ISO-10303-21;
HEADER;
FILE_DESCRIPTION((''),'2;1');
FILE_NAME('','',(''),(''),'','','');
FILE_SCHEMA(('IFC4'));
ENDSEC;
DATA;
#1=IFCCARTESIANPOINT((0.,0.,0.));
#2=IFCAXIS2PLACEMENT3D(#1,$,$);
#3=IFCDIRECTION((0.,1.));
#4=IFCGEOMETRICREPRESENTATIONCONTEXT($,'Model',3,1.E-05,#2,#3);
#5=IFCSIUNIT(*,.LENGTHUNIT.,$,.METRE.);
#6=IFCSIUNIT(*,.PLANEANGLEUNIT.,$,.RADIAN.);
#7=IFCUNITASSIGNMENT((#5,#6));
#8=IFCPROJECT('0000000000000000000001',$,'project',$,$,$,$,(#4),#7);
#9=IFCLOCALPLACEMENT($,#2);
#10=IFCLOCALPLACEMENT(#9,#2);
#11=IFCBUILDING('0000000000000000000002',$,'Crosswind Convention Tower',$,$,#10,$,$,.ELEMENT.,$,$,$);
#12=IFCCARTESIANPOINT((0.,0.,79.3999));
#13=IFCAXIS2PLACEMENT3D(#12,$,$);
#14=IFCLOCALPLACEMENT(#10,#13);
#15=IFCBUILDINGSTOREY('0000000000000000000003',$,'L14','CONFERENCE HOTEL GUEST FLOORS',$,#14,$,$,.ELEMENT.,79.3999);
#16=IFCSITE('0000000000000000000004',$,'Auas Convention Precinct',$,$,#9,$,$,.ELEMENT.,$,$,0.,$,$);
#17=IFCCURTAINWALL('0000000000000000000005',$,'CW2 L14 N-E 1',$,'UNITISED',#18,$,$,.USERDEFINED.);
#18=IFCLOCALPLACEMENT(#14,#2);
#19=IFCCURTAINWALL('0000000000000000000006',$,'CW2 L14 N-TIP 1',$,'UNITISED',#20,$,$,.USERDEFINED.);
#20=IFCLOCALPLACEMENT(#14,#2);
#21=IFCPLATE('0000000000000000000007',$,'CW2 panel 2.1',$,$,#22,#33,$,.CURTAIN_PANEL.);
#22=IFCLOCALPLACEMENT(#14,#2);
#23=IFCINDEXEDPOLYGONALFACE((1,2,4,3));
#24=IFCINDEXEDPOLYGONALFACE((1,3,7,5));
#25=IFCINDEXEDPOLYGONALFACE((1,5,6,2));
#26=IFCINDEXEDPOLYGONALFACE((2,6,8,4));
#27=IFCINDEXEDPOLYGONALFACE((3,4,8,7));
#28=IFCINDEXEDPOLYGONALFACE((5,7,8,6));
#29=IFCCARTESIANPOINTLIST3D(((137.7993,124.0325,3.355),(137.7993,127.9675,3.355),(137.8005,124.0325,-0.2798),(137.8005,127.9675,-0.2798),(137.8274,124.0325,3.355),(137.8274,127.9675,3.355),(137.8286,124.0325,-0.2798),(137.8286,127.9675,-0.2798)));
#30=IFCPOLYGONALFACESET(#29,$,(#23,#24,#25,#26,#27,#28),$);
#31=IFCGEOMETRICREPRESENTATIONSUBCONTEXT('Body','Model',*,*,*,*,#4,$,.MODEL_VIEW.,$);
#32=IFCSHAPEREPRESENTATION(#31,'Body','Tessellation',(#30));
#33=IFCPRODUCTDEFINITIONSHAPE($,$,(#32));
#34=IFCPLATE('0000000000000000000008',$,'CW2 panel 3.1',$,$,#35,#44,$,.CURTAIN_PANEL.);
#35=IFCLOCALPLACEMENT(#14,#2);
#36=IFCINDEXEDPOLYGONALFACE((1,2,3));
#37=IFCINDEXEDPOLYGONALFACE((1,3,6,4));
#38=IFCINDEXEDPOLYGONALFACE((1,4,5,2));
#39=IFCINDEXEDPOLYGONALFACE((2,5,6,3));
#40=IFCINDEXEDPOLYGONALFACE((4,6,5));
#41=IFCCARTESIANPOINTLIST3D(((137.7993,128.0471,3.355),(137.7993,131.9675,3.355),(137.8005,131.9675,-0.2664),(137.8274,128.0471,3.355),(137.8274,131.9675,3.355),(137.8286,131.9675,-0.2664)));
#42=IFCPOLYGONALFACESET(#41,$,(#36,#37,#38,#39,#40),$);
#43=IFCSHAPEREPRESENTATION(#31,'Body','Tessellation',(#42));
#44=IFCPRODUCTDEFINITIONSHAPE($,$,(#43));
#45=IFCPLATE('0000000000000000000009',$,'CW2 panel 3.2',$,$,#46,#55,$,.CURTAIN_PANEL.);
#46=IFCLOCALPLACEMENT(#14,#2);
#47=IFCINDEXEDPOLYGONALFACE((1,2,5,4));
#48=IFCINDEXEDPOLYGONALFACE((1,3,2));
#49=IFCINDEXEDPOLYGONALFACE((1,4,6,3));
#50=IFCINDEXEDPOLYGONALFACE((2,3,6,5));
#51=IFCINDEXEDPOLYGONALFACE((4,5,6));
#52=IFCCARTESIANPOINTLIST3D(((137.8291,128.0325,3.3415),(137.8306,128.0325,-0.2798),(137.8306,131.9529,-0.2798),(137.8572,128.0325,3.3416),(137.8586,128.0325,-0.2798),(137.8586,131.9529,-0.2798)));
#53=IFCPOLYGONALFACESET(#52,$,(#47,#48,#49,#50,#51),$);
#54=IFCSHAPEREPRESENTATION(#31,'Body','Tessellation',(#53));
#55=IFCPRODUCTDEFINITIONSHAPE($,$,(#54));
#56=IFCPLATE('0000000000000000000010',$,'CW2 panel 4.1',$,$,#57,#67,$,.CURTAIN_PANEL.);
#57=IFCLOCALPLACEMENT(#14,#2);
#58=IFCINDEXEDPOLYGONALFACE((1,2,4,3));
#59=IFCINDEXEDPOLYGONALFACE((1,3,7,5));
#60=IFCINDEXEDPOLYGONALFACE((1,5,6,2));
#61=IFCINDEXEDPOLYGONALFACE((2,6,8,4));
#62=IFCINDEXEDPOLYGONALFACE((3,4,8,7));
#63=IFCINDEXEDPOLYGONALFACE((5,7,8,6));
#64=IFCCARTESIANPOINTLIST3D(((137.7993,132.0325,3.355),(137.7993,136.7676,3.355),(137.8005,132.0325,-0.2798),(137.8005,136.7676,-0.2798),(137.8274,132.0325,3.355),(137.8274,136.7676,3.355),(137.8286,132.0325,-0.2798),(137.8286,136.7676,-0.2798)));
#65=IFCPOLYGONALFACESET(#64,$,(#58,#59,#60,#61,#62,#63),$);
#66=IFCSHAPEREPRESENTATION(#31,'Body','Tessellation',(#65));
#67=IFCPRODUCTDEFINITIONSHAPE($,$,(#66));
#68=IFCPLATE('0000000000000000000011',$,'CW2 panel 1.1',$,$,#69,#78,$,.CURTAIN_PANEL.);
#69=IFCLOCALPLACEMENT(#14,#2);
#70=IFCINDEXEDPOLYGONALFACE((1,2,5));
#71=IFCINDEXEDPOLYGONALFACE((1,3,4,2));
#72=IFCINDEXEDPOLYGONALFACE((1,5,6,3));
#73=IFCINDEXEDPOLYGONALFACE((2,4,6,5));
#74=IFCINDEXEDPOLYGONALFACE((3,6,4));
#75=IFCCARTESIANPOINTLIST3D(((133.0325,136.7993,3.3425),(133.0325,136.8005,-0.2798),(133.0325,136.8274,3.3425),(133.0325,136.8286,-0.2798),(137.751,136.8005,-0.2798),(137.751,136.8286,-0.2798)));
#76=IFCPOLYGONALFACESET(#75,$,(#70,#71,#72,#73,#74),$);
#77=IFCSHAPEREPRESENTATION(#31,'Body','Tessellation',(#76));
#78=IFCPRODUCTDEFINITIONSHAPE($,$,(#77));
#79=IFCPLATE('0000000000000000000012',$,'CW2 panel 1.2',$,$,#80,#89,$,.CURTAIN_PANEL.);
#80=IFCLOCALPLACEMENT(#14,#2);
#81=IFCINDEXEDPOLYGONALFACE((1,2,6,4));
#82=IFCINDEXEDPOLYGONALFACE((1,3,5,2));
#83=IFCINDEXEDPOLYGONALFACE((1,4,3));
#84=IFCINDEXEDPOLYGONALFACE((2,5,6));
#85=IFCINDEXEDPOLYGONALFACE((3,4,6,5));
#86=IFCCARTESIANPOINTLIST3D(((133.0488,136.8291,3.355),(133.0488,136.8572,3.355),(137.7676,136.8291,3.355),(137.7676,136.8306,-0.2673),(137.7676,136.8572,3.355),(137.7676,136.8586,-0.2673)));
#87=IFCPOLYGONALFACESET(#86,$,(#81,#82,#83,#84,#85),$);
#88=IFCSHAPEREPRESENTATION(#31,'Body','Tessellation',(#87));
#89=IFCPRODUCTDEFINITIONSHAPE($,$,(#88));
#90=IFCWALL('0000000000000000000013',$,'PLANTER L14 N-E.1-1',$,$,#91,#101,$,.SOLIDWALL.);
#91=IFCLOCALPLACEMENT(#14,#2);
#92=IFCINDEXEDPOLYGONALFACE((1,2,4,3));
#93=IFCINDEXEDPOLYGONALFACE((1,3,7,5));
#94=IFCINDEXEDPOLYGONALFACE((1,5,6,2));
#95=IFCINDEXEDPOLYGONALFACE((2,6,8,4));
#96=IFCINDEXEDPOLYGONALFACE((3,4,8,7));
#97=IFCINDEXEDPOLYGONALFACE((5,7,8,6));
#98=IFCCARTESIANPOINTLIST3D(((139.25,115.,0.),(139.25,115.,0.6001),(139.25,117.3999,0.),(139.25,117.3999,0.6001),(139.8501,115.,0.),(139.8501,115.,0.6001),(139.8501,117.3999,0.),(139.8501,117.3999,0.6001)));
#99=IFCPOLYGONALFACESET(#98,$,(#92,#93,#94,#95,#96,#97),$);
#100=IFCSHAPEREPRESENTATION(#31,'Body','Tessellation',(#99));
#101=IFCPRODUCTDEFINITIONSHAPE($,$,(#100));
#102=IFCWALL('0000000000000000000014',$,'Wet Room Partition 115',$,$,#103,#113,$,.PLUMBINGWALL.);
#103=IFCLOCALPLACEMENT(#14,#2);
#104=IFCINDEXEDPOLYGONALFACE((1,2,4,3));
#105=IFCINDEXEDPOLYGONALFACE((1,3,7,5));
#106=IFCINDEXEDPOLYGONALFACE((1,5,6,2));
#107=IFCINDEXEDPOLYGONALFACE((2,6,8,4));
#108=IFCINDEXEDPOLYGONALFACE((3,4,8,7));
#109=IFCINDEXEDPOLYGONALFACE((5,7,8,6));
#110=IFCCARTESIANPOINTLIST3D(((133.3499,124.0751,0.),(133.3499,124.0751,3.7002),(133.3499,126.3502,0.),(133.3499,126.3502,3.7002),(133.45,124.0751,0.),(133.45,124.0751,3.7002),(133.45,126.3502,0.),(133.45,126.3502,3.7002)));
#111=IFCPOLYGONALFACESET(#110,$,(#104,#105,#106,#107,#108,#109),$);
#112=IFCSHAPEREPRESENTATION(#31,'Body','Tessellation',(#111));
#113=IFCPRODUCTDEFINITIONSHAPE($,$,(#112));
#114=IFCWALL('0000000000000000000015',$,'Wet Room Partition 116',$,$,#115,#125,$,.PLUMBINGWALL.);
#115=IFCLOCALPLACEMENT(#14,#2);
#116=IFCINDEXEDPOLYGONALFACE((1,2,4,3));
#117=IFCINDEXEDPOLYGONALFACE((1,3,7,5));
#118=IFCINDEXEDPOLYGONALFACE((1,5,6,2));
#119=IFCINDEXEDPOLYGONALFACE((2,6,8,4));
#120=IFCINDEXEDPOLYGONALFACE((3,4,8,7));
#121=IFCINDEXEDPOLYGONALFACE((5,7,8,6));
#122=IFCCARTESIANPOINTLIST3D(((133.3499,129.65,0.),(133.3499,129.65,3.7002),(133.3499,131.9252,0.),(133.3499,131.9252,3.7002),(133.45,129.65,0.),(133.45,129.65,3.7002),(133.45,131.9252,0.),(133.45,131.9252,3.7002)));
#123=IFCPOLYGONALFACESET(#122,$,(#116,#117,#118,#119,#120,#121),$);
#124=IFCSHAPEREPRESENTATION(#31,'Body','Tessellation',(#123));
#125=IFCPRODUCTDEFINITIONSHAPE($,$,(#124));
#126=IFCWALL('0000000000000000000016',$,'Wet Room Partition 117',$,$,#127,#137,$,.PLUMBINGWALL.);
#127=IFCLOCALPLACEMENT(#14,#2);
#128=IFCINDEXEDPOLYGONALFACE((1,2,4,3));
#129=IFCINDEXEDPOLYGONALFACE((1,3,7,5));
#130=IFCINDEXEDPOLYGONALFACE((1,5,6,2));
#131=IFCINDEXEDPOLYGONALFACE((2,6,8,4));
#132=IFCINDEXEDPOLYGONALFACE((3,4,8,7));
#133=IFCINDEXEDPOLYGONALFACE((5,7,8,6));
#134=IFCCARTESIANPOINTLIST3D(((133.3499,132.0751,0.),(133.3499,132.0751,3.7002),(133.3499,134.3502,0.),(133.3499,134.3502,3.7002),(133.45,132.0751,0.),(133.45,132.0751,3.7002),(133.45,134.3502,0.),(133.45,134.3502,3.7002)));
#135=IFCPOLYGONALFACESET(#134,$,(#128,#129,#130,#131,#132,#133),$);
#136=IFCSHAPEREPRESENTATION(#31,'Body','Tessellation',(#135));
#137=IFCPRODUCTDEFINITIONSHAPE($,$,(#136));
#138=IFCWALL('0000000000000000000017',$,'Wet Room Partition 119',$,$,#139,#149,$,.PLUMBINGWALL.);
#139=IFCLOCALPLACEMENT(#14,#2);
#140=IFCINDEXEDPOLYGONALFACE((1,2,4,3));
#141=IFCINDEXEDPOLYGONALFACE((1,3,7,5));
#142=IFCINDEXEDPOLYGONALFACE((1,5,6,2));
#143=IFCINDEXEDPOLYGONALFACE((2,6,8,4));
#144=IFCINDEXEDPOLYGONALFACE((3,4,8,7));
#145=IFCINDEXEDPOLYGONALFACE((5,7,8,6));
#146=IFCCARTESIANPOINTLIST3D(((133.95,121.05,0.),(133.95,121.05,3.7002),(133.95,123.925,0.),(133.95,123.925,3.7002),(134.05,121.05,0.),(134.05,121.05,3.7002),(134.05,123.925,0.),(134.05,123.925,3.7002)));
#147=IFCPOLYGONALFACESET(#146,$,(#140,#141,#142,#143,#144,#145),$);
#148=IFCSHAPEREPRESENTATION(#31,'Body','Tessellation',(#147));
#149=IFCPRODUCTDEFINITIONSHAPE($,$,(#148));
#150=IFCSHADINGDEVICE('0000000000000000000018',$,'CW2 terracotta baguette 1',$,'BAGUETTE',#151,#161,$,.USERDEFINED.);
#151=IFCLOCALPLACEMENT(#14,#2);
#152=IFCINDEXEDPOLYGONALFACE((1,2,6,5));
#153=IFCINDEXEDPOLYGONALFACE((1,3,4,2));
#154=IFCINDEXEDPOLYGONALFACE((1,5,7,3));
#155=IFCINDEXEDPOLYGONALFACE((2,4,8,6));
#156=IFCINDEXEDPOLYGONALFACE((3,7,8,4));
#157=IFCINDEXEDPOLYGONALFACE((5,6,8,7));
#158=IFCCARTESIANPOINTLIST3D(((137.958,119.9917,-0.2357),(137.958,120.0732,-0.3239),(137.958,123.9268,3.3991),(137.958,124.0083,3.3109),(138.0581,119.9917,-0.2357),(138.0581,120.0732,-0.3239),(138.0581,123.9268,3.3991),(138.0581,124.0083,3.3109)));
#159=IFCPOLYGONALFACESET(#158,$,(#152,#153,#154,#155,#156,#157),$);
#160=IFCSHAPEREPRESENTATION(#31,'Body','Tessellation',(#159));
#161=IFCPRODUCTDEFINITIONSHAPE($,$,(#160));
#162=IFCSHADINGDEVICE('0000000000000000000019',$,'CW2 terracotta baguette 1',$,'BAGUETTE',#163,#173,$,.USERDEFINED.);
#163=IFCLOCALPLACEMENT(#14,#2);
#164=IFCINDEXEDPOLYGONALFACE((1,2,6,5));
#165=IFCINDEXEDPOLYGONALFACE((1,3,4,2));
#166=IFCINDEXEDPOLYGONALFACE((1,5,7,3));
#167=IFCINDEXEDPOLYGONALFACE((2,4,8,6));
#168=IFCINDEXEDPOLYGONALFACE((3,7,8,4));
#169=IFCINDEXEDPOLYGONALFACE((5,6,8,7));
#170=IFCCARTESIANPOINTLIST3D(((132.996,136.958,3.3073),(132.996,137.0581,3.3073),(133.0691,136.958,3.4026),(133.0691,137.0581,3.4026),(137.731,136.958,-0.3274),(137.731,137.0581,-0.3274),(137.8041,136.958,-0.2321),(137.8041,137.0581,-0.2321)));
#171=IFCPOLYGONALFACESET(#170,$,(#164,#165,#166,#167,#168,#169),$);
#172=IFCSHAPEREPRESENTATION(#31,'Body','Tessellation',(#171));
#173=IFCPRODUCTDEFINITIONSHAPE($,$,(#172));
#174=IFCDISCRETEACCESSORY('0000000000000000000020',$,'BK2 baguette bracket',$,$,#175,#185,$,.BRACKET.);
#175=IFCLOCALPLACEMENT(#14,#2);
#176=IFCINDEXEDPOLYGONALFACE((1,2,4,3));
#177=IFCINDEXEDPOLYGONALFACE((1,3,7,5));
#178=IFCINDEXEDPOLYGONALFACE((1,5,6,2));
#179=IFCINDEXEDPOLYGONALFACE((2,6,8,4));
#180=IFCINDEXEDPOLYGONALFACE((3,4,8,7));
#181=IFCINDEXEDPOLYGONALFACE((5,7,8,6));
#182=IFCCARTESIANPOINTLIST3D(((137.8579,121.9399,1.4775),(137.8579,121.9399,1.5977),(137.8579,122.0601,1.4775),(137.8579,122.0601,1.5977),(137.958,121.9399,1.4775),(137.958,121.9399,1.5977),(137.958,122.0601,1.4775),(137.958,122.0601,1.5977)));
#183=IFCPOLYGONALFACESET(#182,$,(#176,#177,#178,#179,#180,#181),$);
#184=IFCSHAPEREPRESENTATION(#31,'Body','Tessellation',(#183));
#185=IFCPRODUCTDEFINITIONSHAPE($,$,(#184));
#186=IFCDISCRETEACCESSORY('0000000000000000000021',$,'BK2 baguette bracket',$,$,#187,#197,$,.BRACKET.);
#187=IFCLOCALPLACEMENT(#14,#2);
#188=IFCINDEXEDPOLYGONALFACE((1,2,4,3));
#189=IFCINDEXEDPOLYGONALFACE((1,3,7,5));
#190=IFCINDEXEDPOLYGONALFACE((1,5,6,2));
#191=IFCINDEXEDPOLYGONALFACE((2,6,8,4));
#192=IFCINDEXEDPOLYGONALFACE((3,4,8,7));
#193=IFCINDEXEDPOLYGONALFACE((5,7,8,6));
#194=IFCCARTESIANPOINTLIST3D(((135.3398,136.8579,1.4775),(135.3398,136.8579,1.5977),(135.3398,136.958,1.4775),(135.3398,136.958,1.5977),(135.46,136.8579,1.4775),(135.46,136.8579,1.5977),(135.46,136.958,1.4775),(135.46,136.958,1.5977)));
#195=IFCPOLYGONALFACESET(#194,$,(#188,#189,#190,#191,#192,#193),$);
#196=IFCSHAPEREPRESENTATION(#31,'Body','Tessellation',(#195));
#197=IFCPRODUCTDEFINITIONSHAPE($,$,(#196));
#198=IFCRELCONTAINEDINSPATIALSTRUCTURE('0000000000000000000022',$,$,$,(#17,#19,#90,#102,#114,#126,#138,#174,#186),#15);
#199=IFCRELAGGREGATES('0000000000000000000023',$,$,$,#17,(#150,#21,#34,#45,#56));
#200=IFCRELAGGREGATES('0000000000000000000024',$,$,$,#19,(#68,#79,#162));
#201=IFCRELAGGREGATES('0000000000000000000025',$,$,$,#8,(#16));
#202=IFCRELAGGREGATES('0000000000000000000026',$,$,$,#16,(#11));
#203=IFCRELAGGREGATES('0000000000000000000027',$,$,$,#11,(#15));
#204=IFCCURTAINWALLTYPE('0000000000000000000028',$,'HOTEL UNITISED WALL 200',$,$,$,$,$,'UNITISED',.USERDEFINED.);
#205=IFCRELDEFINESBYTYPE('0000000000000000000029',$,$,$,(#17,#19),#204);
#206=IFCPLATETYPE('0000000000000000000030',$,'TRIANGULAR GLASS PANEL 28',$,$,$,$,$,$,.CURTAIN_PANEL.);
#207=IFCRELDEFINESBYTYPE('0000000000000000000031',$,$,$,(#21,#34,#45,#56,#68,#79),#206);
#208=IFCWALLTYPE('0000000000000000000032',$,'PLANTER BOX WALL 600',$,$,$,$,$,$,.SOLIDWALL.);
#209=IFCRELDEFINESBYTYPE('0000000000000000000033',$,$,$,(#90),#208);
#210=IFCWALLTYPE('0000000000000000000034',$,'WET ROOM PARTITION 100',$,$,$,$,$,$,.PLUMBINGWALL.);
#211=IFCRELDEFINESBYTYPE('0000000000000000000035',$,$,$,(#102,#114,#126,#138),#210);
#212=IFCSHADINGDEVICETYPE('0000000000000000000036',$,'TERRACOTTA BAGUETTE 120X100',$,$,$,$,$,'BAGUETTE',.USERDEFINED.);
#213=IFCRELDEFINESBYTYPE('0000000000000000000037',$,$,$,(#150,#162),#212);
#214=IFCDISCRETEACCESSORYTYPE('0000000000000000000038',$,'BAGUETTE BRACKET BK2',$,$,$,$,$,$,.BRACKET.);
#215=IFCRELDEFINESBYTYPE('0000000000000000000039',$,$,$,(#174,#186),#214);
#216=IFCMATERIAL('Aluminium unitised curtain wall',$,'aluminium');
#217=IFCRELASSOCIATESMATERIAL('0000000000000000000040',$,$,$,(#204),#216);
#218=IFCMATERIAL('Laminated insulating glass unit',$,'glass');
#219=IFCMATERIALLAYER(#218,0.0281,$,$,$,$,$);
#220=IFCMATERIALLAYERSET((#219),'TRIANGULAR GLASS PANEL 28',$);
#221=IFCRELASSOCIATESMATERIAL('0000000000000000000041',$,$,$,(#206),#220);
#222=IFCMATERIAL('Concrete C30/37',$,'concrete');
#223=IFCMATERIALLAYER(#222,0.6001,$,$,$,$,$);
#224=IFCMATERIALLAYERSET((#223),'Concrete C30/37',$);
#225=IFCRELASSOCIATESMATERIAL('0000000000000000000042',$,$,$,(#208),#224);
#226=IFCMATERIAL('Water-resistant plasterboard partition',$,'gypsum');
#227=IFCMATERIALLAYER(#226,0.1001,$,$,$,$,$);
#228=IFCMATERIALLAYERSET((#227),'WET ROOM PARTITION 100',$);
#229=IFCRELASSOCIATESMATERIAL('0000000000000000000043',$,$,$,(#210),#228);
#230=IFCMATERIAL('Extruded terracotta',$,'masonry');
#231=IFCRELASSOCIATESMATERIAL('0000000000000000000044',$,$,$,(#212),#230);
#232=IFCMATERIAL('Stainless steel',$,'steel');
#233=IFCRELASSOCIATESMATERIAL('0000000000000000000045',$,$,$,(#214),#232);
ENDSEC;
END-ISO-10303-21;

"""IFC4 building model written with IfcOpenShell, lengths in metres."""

from ifc_helpers import new_model, si_unit, direction, frame, frame_2d, origin, origin_2d, place, context, subcontext, project, spatial, polyline, rectangle, outline, extrude, material, layer, layer_set, material_profile, profile_set, type_object, element, aggregate, save


model = new_model("IFC4")

# Units and contexts
model_context = context("Model", 3, precision=1e-05, world=origin(), true_north=direction((0.0, 1.0)))
body_context = subcontext(model_context, "Body", "Model", "MODEL_VIEW")
ifc_project = project(units=[si_unit("LENGTHUNIT", "METRE"), si_unit("PLANEANGLEUNIT", "RADIAN")], contexts=[model_context])

# Site, building, storey
site_placement = place(None, origin())
site = spatial("IfcSite", under=ifc_project, at=site_placement, Name="Auas Convention Precinct", CompositionType="ELEMENT", RefElevation=0.0)
building_placement = place(site_placement, origin())
building = spatial("IfcBuilding", under=site, at=building_placement, Name="Crosswind Convention Tower", CompositionType="ELEMENT")
storey_placement = place(building_placement, frame((0.0, 0.0, 79.3999)))
storey = spatial("IfcBuildingStorey", under=building, at=storey_placement, Name="L14", Description="CONFERENCE HOTEL GUEST FLOORS", CompositionType="ELEMENT", Elevation=79.3999)

# Shared definitions
ifc_material_1 = material(Name="Aluminium unitised curtain wall", Category="aluminium")
curtain_wall_type = type_object("IfcCurtainWallType", Name="HOTEL UNITISED WALL 200", ElementType="UNITISED", PredefinedType="USERDEFINED", material=ifc_material_1)

# Curtain wall
curtain_wall_1_placement = place(storey_placement, origin())
curtain_wall_1 = element("IfcCurtainWall", 1, at=curtain_wall_1_placement, inside=storey, type_object=curtain_wall_type, Name="CW2 L14 N-E 1", ObjectType="UNITISED", PredefinedType="USERDEFINED")

# Curtain wall
curtain_wall_2_placement = place(storey_placement, origin())
curtain_wall_2 = element("IfcCurtainWall", 2, at=curtain_wall_2_placement, inside=storey, type_object=curtain_wall_type, Name="CW2 L14 N-TIP 1", ObjectType="UNITISED", PredefinedType="USERDEFINED")

# Plates
ifc_material_2 = material(Name="Laminated insulating glass unit", Category="glass")
ifc_layer_1 = layer(ifc_material_2, 0.0281)
ifc_layer_set_1 = layer_set([ifc_layer_1], Name="TRIANGULAR GLASS PANEL 28")
plate_type = type_object("IfcPlateType", Name="TRIANGULAR GLASS PANEL 28", PredefinedType="CURTAIN_PANEL", material=ifc_layer_set_1)
plate_1_placement = place(storey_placement, frame((137.8286, 124.0325, -0.2798), z_axis=(1.0, 0.0, 0.000336), x_axis=(0.0, 1.0, 0.0)))
plate_1 = element("IfcPlate", 3, at=plate_1_placement, type_object=plate_type, Name="CW2 panel 2.1", PredefinedType="CURTAIN_PANEL", context=body_context, shape_type="SweptSolid", body=[
    extrude(outline(polyline([(0.0, 0.0), (3.9351, 0.0), (3.9351, 3.6348), (0.0, 3.6348), (0.0, 0.0)])), origin(), (0.0, 0.0, -1.0), 0.0281),
])
plate_2_placement = place(storey_placement, frame((137.8274, 131.9675, 3.355), z_axis=(1.0, 0.0, 0.000337), x_axis=(0.0, -1.0, 0.0)))
plate_2 = element("IfcPlate", 4, at=plate_2_placement, type_object=plate_type, Name="CW2 panel 3.1", PredefinedType="CURTAIN_PANEL", context=body_context, shape_type="SweptSolid", body=[
    extrude(outline(polyline([(0.0, 0.0), (3.9204, 0.0), (0.0, 3.6213), (0.0, 0.0)])), origin(), (0.0, 0.0, -1.0), 0.0281),
])
plate_3_placement = place(storey_placement, frame((137.8586, 128.0325, -0.2798), z_axis=(1.0, 0.0, 0.000405), x_axis=(0.0, 1.0, 0.0)))
plate_3 = element("IfcPlate", 5, at=plate_3_placement, type_object=plate_type, Name="CW2 panel 3.2", PredefinedType="CURTAIN_PANEL", context=body_context, shape_type="SweptSolid", body=[
    extrude(outline(polyline([(0.0, 0.0), (3.9204, 0.0), (0.0, 3.6213), (0.0, 0.0)])), origin(), (0.0, 0.0, -1.0), 0.0281),
])
plate_4_placement = place(storey_placement, frame((137.8286, 132.0325, -0.2798), z_axis=(1.0, 0.0, 0.000336), x_axis=(0.0, 1.0, 0.0)))
plate_4 = element("IfcPlate", 6, at=plate_4_placement, type_object=plate_type, Name="CW2 panel 4.1", PredefinedType="CURTAIN_PANEL", context=body_context, shape_type="SweptSolid", body=[
    extrude(outline(polyline([(0.0, 0.0), (4.7351, 0.0), (4.7351, 3.6348), (0.0, 3.6348), (0.0, 0.0)])), origin(), (0.0, 0.0, -1.0), 0.0281),
])
plate_5_placement = place(storey_placement, frame((133.0325, 136.8286, -0.2798), z_axis=(0.0, 1.0, 0.000337), x_axis=(0.0, -0.000337, 1.0)))
plate_5 = element("IfcPlate", 7, at=plate_5_placement, type_object=plate_type, Name="CW2 panel 1.1", PredefinedType="CURTAIN_PANEL", context=body_context, shape_type="SweptSolid", body=[
    extrude(outline(polyline([(0.0, 0.0), (3.6223, 0.0), (0.0, 4.7185), (0.0, 0.0)])), origin(), (0.0, 0.0, -1.0), 0.0281),
])
plate_6_placement = place(storey_placement, frame((137.7676, 136.8572, 3.355), z_axis=(0.0, 1.0, 0.000404), x_axis=(0.0, 0.000404, -1.0)))
plate_6 = element("IfcPlate", 8, at=plate_6_placement, type_object=plate_type, Name="CW2 panel 1.2", PredefinedType="CURTAIN_PANEL", context=body_context, shape_type="SweptSolid", body=[
    extrude(outline(polyline([(0.0, 0.0), (3.6223, 0.0), (0.0, 4.7188), (0.0, 0.0)])), origin(), (0.0, 0.0, -1.0), 0.0281),
])

# Walls
ifc_material_3 = material(Name="Concrete C30/37", Category="concrete")
ifc_layer_2 = layer(ifc_material_3, 0.6001)
ifc_layer_set_2 = layer_set([ifc_layer_2], Name="Concrete C30/37")
wall_type_1 = type_object("IfcWallType", Name="PLANTER BOX WALL 600", PredefinedType="SOLIDWALL", material=ifc_layer_set_2)
wall_1_placement = place(storey_placement, frame((139.55, 115.0, 0.0), z_axis=(0.0, 0.0, 1.0), x_axis=(0.0, 1.0, 0.0)))
element("IfcWall", 9, at=wall_1_placement, inside=storey, type_object=wall_type_1, Name="PLANTER L14 N-E.1-1", PredefinedType="SOLIDWALL", context=body_context, shape_type="SweptSolid", body=[
    extrude(rectangle(XDim=2.3999, YDim=0.6001, at=frame_2d((1.2, 0.0))), origin(), (0.0, 0.0, 1.0), 0.6001),
])
ifc_material_4 = material(Name="Water-resistant plasterboard partition", Category="gypsum")
ifc_layer_3 = layer(ifc_material_4, 0.1001)
ifc_layer_set_3 = layer_set([ifc_layer_3], Name="WET ROOM PARTITION 100")
wall_type_2 = type_object("IfcWallType", Name="WET ROOM PARTITION 100", PredefinedType="PLUMBINGWALL", material=ifc_layer_set_3)
for number, where, z_axis, x_axis, name in (
    (10, (133.3999, 124.075, 0.0), (0.0, 0.0, 1.0), (0.0, 1.0, 0.0), "Wet Room Partition 115"),
    (11, (133.3999, 129.6499, 0.0), (0.0, 0.0, 1.0), (0.0, 1.0, 0.0), "Wet Room Partition 116"),
    (12, (133.3999, 132.075, 0.0), (0.0, 0.0, 1.0), (0.0, 1.0, 0.0), "Wet Room Partition 117"),
):
    element("IfcWall", number, at=place(storey_placement, frame(where, z_axis=z_axis, x_axis=x_axis)), inside=storey, type_object=wall_type_2, Name=name, PredefinedType="PLUMBINGWALL", context=body_context, shape_type="SweptSolid", body=[
        extrude(rectangle(XDim=2.2751, YDim=0.1001, at=frame_2d((1.1377, 0.0))), origin(), (0.0, 0.0, 1.0), 3.7002),
    ])
wall_2_placement = place(storey_placement, frame((134.0, 121.05, 0.0), z_axis=(0.0, 0.0, 1.0), x_axis=(0.0, 1.0, 0.0)))
element("IfcWall", 13, at=wall_2_placement, inside=storey, type_object=wall_type_2, Name="Wet Room Partition 119", PredefinedType="PLUMBINGWALL", context=body_context, shape_type="SweptSolid", body=[
    extrude(rectangle(XDim=2.875, YDim=0.1001, at=frame_2d((1.4375, 0.0))), origin(), (0.0, 0.0, 1.0), 3.7002),
])

# Shading devices
ifc_material_5 = material(Name="Extruded terracotta", Category="masonry")
ifc_material_profile_1 = material_profile(ifc_material_5, rectangle(XDim=0.1001, YDim=0.1201, at=origin_2d()), Name="TC 100X120")
ifc_profile_set_1 = profile_set([ifc_material_profile_1], Name="Extruded terracotta")
shading_device_type = type_object("IfcShadingDeviceType", Name="TERRACOTTA BAGUETTE 120X100", ElementType="BAGUETTE", PredefinedType="USERDEFINED", material=ifc_profile_set_1)
shading_device_1_placement = place(storey_placement, frame((138.0081, 120.0325, -0.2798), z_axis=(0.0, 0.73458, 0.678522), x_axis=(-1.0, 0.0, 0.0)))
shading_device_1 = element("IfcShadingDevice", 14, at=shading_device_1_placement, type_object=shading_device_type, Name="CW2 terracotta baguette 1", ObjectType="BAGUETTE", PredefinedType="USERDEFINED", context=body_context, shape_type="SweptSolid", body=[
    extrude(rectangle(XDim=0.1001, YDim=0.1201, at=origin_2d()), origin(), (0.0, 0.0, 1.0), 5.3569),
])
aggregate(curtain_wall_1, [shading_device_1, plate_1, plate_2, plate_3, plate_4])
shading_device_2_placement = place(storey_placement, frame((137.7676, 137.0081, -0.2798), z_axis=(-0.793241, 0.0, 0.608908), x_axis=(0.0, -1.0, 0.0)))
shading_device_2 = element("IfcShadingDevice", 15, at=shading_device_2_placement, type_object=shading_device_type, Name="CW2 terracotta baguette 1", ObjectType="BAGUETTE", PredefinedType="USERDEFINED", context=body_context, shape_type="SweptSolid", body=[
    extrude(rectangle(XDim=0.1001, YDim=0.1201, at=origin_2d()), origin(), (0.0, 0.0, 1.0), 5.9692),
])
aggregate(curtain_wall_2, [plate_5, plate_6, shading_device_2])

# Discrete accessories
ifc_material_6 = material(Name="Stainless steel", Category="steel")
discrete_accessory_type = type_object("IfcDiscreteAccessoryType", Name="BAGUETTE BRACKET BK2", PredefinedType="BRACKET", material=ifc_material_6)
for number, where, z_axis, x_axis, name in (
    (16, (137.908, 122.0, 1.4775), (0.0, 0.0, 1.0), (0.0, 1.0, 0.0), "BK2 baguette bracket"),
    (17, (135.3999, 136.908, 1.4775), (0.0, 0.0, 1.0), (-1.0, 0.0, 0.0), "BK2 baguette bracket"),
):
    element("IfcDiscreteAccessory", number, at=place(storey_placement, frame(where, z_axis=z_axis, x_axis=x_axis)), inside=storey, type_object=discrete_accessory_type, Name=name, PredefinedType="BRACKET", context=body_context, shape_type="SweptSolid", body=[
        extrude(rectangle(XDim=0.1201, YDim=0.1001, at=origin_2d()), origin(), (0.0, 0.0, 1.0), 0.1201),
    ])

save(model, "model.ifc")
